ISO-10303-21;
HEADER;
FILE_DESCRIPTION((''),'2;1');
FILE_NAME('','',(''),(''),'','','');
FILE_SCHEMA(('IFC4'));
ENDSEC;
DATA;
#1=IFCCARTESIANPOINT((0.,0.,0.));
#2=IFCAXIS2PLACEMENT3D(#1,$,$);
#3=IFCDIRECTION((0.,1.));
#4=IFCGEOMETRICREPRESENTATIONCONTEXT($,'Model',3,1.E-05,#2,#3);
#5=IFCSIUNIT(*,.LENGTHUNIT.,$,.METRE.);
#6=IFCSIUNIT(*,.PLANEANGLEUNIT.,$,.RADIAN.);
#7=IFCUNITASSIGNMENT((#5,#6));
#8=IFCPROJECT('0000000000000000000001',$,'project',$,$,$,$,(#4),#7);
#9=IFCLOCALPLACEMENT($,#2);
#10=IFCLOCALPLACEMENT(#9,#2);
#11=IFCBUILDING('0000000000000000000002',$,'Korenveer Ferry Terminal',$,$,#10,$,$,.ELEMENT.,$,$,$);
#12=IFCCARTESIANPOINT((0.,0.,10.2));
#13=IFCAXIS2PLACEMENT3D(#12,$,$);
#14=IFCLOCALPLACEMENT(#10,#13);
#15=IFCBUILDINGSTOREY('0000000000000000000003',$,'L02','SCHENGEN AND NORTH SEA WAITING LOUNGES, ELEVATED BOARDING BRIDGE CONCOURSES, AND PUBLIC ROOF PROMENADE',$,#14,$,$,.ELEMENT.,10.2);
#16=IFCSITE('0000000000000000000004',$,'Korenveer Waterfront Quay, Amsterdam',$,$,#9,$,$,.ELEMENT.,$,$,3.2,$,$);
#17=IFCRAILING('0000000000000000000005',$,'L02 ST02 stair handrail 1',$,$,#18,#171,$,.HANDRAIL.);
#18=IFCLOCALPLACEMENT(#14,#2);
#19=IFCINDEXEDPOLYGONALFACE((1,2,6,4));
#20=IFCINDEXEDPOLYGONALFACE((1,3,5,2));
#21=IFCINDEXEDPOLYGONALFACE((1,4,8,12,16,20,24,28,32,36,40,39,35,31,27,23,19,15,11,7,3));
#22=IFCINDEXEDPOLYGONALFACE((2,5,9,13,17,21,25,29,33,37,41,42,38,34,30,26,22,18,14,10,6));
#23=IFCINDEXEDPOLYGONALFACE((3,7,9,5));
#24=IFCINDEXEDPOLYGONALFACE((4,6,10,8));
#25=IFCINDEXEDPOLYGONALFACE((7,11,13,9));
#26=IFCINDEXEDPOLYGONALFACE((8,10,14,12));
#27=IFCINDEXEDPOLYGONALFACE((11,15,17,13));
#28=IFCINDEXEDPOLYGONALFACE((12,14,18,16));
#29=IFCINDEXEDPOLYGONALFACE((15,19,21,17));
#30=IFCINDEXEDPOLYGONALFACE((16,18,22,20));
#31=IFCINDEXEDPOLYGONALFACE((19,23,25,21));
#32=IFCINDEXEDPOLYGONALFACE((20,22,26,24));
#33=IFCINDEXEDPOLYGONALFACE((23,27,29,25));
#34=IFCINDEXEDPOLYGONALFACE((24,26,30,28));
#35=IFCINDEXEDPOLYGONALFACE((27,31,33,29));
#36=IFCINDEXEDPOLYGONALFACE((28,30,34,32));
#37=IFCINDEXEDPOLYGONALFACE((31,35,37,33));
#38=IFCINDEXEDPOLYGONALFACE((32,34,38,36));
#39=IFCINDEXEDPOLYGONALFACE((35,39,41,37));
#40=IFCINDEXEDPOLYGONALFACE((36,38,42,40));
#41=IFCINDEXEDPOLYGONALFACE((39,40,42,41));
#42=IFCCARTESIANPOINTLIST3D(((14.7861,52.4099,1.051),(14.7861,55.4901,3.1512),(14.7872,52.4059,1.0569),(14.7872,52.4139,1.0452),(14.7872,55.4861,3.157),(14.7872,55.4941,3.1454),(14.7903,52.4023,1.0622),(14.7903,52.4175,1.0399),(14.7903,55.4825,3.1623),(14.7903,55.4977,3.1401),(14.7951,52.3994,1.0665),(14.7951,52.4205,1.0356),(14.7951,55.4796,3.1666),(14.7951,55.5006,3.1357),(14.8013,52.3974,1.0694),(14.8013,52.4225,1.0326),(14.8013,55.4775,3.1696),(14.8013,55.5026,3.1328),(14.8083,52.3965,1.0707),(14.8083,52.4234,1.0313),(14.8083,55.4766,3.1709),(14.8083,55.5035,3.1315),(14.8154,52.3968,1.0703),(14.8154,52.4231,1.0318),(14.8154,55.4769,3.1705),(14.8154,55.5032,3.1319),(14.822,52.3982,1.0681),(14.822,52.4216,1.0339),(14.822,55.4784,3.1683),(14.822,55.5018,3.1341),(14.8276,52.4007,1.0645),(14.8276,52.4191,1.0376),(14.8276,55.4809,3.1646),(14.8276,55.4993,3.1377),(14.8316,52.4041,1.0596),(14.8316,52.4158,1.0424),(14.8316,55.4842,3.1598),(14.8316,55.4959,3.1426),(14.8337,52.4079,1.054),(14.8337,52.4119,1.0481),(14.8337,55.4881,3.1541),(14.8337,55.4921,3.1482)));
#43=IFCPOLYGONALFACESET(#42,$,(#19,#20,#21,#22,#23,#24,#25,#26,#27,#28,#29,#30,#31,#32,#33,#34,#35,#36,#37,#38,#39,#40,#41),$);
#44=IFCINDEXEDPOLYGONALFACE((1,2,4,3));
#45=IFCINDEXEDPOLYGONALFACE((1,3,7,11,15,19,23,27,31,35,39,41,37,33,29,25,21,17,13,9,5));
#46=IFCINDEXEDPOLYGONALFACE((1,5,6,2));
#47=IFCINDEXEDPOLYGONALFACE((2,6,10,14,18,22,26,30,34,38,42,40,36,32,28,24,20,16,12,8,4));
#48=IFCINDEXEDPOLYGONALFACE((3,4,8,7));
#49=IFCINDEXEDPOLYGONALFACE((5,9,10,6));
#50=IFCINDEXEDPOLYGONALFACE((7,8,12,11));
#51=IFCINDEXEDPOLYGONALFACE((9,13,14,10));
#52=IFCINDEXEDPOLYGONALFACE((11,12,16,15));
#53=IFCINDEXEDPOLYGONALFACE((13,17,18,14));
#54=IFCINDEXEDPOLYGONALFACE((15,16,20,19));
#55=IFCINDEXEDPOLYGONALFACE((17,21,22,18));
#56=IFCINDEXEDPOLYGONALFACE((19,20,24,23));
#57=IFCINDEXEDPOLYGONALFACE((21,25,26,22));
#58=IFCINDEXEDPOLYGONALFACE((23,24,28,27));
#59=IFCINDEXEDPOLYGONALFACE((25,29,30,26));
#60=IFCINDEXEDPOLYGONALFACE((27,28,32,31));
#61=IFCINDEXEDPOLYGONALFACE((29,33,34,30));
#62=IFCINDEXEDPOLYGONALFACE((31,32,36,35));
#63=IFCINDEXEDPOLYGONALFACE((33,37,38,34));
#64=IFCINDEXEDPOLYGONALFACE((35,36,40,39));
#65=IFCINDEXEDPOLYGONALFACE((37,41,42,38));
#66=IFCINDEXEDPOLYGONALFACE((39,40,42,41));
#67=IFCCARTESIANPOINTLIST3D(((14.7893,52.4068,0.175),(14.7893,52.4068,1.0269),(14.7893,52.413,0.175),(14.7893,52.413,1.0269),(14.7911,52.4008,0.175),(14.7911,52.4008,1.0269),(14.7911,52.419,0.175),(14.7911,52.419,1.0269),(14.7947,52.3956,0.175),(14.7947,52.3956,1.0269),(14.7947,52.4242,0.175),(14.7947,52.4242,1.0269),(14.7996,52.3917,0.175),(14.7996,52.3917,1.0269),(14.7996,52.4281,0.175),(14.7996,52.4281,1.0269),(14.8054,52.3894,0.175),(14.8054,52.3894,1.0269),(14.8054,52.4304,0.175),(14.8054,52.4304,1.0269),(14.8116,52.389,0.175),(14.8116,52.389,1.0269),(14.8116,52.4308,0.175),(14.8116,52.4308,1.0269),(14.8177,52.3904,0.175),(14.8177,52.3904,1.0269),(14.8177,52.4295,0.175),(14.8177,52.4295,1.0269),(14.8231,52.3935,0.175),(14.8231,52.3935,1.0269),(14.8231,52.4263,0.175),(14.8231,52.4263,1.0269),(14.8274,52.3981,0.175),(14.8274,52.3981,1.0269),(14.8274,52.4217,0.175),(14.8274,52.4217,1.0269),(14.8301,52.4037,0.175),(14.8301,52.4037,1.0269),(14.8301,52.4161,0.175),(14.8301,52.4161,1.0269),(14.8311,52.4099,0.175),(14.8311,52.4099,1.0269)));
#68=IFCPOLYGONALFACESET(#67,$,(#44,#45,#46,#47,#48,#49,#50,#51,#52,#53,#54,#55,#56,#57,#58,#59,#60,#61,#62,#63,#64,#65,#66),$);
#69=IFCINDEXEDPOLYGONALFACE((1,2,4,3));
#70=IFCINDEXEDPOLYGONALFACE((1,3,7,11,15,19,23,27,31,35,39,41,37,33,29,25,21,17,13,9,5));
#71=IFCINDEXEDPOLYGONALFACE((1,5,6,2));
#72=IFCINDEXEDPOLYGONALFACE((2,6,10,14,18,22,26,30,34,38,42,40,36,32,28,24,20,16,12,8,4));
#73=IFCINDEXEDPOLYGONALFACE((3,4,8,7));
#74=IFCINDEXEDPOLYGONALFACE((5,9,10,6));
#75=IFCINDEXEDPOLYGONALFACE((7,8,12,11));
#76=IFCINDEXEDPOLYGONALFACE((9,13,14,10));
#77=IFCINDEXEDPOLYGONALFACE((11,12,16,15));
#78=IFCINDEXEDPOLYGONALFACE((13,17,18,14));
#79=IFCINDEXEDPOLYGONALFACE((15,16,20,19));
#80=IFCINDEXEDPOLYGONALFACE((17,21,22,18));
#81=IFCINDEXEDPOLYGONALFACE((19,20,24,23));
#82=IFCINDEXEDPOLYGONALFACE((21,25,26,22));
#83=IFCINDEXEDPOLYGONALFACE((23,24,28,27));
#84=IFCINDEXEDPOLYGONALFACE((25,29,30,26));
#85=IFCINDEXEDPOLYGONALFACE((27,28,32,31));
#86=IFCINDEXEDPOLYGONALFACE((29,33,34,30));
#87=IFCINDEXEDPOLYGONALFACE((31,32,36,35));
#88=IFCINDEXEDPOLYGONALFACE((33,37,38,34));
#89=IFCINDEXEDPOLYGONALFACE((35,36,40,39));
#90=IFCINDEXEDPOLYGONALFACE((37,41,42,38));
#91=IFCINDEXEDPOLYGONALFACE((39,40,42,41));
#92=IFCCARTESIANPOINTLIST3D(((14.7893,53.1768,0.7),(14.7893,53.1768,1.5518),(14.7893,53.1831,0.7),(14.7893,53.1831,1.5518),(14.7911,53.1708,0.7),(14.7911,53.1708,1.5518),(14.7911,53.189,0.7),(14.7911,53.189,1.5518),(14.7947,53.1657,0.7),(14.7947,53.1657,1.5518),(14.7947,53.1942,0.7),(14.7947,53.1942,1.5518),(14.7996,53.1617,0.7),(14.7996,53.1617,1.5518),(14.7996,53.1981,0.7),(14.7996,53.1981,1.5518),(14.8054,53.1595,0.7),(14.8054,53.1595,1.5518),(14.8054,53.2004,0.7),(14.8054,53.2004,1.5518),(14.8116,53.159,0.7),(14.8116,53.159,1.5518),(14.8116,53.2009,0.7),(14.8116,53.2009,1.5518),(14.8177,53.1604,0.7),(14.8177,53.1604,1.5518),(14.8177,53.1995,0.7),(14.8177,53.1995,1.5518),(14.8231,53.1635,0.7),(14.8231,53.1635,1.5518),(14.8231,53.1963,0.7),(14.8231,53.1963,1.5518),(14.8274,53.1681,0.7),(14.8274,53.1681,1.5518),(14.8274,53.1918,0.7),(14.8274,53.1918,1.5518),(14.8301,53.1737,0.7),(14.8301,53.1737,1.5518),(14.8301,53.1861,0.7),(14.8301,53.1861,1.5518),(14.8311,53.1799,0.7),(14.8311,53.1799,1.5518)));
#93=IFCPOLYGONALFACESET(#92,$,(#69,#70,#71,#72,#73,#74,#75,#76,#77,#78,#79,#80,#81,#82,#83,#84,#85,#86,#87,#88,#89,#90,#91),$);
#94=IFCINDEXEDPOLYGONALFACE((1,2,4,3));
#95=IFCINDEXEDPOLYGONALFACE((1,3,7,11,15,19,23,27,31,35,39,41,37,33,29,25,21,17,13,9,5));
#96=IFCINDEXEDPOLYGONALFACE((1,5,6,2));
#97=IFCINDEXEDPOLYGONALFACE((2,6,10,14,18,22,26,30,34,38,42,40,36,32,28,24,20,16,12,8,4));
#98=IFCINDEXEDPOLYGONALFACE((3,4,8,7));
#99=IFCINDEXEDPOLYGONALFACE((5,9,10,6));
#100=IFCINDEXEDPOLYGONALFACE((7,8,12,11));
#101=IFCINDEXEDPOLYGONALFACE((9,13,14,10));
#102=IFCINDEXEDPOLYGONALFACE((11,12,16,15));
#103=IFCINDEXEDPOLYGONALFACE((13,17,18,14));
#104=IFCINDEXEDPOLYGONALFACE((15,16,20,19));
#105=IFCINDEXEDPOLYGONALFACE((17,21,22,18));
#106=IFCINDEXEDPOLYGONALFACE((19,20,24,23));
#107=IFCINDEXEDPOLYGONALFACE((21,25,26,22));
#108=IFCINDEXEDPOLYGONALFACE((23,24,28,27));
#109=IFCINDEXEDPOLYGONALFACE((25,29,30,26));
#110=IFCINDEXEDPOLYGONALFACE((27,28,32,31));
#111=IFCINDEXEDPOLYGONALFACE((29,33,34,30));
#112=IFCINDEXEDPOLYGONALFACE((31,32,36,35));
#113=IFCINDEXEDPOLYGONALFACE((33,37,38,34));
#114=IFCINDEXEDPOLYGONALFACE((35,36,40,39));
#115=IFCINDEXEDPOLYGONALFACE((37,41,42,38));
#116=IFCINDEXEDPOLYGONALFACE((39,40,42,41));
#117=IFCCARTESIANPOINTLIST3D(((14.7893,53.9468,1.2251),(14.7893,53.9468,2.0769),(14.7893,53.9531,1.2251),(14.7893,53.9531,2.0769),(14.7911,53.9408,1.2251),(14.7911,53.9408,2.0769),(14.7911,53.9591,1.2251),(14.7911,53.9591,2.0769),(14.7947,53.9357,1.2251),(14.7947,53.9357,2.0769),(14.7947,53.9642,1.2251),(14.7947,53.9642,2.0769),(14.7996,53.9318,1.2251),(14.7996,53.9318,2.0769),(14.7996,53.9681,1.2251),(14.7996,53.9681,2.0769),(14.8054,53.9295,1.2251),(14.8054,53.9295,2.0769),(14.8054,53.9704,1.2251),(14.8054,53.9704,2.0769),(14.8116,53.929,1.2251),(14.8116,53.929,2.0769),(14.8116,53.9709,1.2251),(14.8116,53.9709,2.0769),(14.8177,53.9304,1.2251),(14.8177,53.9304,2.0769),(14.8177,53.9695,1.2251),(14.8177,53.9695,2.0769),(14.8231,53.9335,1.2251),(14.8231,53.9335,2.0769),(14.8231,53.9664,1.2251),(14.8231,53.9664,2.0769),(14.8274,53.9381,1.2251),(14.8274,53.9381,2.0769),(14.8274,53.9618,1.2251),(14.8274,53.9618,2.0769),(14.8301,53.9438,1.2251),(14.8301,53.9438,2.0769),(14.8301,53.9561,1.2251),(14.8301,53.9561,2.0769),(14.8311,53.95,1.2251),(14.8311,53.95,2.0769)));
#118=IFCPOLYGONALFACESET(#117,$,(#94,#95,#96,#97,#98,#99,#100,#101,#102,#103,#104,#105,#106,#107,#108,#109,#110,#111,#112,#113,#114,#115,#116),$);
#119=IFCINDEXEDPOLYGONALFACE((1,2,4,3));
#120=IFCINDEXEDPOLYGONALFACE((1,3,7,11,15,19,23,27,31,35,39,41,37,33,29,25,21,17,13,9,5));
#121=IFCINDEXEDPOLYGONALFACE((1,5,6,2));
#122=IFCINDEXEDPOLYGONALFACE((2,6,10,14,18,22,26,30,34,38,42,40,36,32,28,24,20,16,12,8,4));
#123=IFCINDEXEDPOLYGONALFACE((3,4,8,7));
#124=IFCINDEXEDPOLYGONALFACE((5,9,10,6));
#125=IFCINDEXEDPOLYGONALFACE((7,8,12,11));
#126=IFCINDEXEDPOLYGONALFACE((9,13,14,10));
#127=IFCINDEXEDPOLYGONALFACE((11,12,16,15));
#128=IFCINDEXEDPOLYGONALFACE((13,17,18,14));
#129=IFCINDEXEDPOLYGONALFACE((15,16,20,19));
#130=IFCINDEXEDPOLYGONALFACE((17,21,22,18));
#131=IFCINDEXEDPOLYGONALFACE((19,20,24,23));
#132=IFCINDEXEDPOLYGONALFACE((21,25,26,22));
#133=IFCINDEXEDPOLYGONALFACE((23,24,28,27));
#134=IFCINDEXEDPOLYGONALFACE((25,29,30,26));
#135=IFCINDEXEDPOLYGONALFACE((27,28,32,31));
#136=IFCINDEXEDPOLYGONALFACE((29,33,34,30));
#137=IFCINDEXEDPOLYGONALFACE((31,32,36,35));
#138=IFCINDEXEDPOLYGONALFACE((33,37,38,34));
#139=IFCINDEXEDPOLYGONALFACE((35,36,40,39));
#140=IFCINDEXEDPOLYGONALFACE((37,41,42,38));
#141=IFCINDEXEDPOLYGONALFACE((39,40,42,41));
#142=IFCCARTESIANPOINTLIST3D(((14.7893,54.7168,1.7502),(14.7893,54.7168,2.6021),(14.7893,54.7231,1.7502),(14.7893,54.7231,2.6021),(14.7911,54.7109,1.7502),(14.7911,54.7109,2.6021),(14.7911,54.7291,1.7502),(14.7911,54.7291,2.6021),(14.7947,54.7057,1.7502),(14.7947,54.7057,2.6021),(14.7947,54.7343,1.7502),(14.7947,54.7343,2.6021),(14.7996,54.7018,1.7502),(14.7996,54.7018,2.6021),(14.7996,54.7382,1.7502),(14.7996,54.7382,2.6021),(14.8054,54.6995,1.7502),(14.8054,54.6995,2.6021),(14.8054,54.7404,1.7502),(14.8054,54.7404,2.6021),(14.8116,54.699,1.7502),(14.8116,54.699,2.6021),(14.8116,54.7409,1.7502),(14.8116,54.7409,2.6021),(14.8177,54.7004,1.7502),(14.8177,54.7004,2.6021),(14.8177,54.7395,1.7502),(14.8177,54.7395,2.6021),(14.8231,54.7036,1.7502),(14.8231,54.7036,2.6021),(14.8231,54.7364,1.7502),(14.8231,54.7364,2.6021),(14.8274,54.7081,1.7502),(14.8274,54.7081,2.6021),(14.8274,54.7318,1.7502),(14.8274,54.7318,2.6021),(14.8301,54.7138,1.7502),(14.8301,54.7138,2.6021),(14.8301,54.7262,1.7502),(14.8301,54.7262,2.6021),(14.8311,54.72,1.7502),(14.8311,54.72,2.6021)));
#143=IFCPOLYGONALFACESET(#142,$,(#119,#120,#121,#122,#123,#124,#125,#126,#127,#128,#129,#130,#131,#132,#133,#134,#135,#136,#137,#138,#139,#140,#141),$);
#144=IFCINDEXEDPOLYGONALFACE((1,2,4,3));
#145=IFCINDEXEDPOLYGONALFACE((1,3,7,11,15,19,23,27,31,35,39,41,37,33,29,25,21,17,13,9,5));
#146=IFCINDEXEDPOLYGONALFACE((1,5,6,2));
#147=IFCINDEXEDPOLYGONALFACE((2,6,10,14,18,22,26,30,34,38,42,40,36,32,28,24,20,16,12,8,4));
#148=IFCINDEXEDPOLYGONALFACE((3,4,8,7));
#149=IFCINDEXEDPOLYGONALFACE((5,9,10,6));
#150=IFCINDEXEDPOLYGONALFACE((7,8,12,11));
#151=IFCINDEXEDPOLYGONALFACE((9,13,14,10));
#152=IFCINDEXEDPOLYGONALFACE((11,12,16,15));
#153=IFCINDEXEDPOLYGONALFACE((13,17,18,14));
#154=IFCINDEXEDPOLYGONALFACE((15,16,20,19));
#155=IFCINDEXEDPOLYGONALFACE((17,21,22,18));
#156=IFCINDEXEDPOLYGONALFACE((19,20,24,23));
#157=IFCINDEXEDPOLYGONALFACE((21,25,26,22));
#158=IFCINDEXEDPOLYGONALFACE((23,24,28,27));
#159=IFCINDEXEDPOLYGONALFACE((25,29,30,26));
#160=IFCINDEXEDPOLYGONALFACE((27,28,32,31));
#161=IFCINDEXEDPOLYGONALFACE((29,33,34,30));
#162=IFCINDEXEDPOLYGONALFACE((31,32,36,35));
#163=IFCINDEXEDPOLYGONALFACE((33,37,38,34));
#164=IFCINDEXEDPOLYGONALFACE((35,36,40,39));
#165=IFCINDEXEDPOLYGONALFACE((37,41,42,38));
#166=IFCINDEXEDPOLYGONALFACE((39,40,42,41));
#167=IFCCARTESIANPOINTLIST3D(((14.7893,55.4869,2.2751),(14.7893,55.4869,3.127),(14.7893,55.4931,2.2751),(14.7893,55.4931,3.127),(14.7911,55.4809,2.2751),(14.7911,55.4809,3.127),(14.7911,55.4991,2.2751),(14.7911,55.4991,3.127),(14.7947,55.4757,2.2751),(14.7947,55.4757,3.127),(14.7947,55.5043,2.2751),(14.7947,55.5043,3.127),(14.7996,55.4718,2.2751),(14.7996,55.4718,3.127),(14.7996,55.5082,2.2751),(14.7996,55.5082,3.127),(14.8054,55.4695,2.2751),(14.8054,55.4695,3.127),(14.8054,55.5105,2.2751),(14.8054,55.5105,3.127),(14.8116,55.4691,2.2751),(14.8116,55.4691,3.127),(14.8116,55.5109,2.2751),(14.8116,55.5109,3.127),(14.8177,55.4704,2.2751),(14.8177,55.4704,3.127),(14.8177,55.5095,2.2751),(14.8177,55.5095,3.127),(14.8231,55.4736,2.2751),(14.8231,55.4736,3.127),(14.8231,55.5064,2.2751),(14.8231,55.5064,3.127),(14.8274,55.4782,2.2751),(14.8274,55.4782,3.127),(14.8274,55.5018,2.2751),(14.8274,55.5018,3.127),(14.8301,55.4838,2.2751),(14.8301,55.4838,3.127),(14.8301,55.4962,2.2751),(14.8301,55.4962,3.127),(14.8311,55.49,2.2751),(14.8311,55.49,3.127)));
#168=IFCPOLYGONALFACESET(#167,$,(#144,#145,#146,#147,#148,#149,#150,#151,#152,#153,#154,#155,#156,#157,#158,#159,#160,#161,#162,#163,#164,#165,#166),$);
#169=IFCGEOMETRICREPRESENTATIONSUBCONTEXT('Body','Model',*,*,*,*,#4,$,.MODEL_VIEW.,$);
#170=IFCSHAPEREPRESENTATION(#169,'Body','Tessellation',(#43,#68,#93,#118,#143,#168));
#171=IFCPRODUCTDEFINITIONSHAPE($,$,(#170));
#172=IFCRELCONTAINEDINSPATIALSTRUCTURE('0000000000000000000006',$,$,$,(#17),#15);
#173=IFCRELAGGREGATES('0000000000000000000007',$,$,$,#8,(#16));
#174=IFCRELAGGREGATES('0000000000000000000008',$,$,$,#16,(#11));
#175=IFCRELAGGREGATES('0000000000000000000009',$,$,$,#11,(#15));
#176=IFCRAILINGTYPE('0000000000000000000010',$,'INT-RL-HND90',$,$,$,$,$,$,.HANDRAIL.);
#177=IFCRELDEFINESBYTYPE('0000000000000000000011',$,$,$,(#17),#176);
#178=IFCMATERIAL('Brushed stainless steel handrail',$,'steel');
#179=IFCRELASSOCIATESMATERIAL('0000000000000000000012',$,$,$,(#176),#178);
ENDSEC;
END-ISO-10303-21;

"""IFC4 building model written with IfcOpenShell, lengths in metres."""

from ifc_helpers import new_model, si_unit, direction, frame, origin, origin_2d, place, context, subcontext, project, spatial, circle, extrude, material, type_object, element, save


model = new_model("IFC4")

# Units and contexts
model_context = context("Model", 3, precision=1e-05, world=origin(), true_north=direction((0.0, 1.0)))
body_context = subcontext(model_context, "Body", "Model", "MODEL_VIEW")
ifc_project = project(units=[si_unit("LENGTHUNIT", "METRE"), si_unit("PLANEANGLEUNIT", "RADIAN")], contexts=[model_context])

# Site, building, storey
site_placement = place(None, origin())
site = spatial("IfcSite", under=ifc_project, at=site_placement, Name="Korenveer Waterfront Quay, Amsterdam", CompositionType="ELEMENT", RefElevation=3.2)
building_placement = place(site_placement, origin())
building = spatial("IfcBuilding", under=site, at=building_placement, Name="Korenveer Ferry Terminal", CompositionType="ELEMENT")
storey_placement = place(building_placement, frame((0.0, 0.0, 10.2)))
storey = spatial("IfcBuildingStorey", under=building, at=storey_placement, Name="L02", Description="SCHENGEN AND NORTH SEA WAITING LOUNGES, ELEVATED BOARDING BRIDGE CONCOURSES, AND PUBLIC ROOF PROMENADE", CompositionType="ELEMENT", Elevation=10.2)

# Railing
ifc_material_1 = material(Name="Brushed stainless steel handrail", Category="steel")
railing_type_1 = type_object("IfcRailingType", Name="INT-RL-HND90", PredefinedType="HANDRAIL", material=ifc_material_1)
railing_1_placement = place(storey_placement, frame((14.8101, 52.4099, 0.175)))
element("IfcRailing", 1, at=railing_1_placement, inside=storey, type_object=railing_type_1, Name="L02 ST02 stair handrail 1", PredefinedType="HANDRAIL", context=body_context, shape_type="SweptSolid", body=[
    extrude(circle(Radius=0.0239, at=origin_2d()), frame((0.0, 0.0, 0.876), z_axis=(0.0, 0.826222, 0.563345), x_axis=(-1.0, 0.0, 0.0)), (0.0, 0.0, 1.0), 3.728),
    extrude(circle(Radius=0.021, at=origin_2d()), origin(), (0.0, 0.0, 1.0), 0.8518),
    extrude(circle(Radius=0.021, at=origin_2d()), frame((0.0, 0.77, 0.5249)), (0.0, 0.0, 1.0), 0.8518),
    extrude(circle(Radius=0.021, at=origin_2d()), frame((0.0, 1.54, 1.05)), (0.0, 0.0, 1.0), 0.8518),
    extrude(circle(Radius=0.021, at=origin_2d()), frame((0.0, 2.3101, 1.5752)), (0.0, 0.0, 1.0), 0.8518),
    extrude(circle(Radius=0.021, at=origin_2d()), frame((0.0, 3.0801, 2.1001)), (0.0, 0.0, 1.0), 0.8518),
])

save(model, "model.ifc")
